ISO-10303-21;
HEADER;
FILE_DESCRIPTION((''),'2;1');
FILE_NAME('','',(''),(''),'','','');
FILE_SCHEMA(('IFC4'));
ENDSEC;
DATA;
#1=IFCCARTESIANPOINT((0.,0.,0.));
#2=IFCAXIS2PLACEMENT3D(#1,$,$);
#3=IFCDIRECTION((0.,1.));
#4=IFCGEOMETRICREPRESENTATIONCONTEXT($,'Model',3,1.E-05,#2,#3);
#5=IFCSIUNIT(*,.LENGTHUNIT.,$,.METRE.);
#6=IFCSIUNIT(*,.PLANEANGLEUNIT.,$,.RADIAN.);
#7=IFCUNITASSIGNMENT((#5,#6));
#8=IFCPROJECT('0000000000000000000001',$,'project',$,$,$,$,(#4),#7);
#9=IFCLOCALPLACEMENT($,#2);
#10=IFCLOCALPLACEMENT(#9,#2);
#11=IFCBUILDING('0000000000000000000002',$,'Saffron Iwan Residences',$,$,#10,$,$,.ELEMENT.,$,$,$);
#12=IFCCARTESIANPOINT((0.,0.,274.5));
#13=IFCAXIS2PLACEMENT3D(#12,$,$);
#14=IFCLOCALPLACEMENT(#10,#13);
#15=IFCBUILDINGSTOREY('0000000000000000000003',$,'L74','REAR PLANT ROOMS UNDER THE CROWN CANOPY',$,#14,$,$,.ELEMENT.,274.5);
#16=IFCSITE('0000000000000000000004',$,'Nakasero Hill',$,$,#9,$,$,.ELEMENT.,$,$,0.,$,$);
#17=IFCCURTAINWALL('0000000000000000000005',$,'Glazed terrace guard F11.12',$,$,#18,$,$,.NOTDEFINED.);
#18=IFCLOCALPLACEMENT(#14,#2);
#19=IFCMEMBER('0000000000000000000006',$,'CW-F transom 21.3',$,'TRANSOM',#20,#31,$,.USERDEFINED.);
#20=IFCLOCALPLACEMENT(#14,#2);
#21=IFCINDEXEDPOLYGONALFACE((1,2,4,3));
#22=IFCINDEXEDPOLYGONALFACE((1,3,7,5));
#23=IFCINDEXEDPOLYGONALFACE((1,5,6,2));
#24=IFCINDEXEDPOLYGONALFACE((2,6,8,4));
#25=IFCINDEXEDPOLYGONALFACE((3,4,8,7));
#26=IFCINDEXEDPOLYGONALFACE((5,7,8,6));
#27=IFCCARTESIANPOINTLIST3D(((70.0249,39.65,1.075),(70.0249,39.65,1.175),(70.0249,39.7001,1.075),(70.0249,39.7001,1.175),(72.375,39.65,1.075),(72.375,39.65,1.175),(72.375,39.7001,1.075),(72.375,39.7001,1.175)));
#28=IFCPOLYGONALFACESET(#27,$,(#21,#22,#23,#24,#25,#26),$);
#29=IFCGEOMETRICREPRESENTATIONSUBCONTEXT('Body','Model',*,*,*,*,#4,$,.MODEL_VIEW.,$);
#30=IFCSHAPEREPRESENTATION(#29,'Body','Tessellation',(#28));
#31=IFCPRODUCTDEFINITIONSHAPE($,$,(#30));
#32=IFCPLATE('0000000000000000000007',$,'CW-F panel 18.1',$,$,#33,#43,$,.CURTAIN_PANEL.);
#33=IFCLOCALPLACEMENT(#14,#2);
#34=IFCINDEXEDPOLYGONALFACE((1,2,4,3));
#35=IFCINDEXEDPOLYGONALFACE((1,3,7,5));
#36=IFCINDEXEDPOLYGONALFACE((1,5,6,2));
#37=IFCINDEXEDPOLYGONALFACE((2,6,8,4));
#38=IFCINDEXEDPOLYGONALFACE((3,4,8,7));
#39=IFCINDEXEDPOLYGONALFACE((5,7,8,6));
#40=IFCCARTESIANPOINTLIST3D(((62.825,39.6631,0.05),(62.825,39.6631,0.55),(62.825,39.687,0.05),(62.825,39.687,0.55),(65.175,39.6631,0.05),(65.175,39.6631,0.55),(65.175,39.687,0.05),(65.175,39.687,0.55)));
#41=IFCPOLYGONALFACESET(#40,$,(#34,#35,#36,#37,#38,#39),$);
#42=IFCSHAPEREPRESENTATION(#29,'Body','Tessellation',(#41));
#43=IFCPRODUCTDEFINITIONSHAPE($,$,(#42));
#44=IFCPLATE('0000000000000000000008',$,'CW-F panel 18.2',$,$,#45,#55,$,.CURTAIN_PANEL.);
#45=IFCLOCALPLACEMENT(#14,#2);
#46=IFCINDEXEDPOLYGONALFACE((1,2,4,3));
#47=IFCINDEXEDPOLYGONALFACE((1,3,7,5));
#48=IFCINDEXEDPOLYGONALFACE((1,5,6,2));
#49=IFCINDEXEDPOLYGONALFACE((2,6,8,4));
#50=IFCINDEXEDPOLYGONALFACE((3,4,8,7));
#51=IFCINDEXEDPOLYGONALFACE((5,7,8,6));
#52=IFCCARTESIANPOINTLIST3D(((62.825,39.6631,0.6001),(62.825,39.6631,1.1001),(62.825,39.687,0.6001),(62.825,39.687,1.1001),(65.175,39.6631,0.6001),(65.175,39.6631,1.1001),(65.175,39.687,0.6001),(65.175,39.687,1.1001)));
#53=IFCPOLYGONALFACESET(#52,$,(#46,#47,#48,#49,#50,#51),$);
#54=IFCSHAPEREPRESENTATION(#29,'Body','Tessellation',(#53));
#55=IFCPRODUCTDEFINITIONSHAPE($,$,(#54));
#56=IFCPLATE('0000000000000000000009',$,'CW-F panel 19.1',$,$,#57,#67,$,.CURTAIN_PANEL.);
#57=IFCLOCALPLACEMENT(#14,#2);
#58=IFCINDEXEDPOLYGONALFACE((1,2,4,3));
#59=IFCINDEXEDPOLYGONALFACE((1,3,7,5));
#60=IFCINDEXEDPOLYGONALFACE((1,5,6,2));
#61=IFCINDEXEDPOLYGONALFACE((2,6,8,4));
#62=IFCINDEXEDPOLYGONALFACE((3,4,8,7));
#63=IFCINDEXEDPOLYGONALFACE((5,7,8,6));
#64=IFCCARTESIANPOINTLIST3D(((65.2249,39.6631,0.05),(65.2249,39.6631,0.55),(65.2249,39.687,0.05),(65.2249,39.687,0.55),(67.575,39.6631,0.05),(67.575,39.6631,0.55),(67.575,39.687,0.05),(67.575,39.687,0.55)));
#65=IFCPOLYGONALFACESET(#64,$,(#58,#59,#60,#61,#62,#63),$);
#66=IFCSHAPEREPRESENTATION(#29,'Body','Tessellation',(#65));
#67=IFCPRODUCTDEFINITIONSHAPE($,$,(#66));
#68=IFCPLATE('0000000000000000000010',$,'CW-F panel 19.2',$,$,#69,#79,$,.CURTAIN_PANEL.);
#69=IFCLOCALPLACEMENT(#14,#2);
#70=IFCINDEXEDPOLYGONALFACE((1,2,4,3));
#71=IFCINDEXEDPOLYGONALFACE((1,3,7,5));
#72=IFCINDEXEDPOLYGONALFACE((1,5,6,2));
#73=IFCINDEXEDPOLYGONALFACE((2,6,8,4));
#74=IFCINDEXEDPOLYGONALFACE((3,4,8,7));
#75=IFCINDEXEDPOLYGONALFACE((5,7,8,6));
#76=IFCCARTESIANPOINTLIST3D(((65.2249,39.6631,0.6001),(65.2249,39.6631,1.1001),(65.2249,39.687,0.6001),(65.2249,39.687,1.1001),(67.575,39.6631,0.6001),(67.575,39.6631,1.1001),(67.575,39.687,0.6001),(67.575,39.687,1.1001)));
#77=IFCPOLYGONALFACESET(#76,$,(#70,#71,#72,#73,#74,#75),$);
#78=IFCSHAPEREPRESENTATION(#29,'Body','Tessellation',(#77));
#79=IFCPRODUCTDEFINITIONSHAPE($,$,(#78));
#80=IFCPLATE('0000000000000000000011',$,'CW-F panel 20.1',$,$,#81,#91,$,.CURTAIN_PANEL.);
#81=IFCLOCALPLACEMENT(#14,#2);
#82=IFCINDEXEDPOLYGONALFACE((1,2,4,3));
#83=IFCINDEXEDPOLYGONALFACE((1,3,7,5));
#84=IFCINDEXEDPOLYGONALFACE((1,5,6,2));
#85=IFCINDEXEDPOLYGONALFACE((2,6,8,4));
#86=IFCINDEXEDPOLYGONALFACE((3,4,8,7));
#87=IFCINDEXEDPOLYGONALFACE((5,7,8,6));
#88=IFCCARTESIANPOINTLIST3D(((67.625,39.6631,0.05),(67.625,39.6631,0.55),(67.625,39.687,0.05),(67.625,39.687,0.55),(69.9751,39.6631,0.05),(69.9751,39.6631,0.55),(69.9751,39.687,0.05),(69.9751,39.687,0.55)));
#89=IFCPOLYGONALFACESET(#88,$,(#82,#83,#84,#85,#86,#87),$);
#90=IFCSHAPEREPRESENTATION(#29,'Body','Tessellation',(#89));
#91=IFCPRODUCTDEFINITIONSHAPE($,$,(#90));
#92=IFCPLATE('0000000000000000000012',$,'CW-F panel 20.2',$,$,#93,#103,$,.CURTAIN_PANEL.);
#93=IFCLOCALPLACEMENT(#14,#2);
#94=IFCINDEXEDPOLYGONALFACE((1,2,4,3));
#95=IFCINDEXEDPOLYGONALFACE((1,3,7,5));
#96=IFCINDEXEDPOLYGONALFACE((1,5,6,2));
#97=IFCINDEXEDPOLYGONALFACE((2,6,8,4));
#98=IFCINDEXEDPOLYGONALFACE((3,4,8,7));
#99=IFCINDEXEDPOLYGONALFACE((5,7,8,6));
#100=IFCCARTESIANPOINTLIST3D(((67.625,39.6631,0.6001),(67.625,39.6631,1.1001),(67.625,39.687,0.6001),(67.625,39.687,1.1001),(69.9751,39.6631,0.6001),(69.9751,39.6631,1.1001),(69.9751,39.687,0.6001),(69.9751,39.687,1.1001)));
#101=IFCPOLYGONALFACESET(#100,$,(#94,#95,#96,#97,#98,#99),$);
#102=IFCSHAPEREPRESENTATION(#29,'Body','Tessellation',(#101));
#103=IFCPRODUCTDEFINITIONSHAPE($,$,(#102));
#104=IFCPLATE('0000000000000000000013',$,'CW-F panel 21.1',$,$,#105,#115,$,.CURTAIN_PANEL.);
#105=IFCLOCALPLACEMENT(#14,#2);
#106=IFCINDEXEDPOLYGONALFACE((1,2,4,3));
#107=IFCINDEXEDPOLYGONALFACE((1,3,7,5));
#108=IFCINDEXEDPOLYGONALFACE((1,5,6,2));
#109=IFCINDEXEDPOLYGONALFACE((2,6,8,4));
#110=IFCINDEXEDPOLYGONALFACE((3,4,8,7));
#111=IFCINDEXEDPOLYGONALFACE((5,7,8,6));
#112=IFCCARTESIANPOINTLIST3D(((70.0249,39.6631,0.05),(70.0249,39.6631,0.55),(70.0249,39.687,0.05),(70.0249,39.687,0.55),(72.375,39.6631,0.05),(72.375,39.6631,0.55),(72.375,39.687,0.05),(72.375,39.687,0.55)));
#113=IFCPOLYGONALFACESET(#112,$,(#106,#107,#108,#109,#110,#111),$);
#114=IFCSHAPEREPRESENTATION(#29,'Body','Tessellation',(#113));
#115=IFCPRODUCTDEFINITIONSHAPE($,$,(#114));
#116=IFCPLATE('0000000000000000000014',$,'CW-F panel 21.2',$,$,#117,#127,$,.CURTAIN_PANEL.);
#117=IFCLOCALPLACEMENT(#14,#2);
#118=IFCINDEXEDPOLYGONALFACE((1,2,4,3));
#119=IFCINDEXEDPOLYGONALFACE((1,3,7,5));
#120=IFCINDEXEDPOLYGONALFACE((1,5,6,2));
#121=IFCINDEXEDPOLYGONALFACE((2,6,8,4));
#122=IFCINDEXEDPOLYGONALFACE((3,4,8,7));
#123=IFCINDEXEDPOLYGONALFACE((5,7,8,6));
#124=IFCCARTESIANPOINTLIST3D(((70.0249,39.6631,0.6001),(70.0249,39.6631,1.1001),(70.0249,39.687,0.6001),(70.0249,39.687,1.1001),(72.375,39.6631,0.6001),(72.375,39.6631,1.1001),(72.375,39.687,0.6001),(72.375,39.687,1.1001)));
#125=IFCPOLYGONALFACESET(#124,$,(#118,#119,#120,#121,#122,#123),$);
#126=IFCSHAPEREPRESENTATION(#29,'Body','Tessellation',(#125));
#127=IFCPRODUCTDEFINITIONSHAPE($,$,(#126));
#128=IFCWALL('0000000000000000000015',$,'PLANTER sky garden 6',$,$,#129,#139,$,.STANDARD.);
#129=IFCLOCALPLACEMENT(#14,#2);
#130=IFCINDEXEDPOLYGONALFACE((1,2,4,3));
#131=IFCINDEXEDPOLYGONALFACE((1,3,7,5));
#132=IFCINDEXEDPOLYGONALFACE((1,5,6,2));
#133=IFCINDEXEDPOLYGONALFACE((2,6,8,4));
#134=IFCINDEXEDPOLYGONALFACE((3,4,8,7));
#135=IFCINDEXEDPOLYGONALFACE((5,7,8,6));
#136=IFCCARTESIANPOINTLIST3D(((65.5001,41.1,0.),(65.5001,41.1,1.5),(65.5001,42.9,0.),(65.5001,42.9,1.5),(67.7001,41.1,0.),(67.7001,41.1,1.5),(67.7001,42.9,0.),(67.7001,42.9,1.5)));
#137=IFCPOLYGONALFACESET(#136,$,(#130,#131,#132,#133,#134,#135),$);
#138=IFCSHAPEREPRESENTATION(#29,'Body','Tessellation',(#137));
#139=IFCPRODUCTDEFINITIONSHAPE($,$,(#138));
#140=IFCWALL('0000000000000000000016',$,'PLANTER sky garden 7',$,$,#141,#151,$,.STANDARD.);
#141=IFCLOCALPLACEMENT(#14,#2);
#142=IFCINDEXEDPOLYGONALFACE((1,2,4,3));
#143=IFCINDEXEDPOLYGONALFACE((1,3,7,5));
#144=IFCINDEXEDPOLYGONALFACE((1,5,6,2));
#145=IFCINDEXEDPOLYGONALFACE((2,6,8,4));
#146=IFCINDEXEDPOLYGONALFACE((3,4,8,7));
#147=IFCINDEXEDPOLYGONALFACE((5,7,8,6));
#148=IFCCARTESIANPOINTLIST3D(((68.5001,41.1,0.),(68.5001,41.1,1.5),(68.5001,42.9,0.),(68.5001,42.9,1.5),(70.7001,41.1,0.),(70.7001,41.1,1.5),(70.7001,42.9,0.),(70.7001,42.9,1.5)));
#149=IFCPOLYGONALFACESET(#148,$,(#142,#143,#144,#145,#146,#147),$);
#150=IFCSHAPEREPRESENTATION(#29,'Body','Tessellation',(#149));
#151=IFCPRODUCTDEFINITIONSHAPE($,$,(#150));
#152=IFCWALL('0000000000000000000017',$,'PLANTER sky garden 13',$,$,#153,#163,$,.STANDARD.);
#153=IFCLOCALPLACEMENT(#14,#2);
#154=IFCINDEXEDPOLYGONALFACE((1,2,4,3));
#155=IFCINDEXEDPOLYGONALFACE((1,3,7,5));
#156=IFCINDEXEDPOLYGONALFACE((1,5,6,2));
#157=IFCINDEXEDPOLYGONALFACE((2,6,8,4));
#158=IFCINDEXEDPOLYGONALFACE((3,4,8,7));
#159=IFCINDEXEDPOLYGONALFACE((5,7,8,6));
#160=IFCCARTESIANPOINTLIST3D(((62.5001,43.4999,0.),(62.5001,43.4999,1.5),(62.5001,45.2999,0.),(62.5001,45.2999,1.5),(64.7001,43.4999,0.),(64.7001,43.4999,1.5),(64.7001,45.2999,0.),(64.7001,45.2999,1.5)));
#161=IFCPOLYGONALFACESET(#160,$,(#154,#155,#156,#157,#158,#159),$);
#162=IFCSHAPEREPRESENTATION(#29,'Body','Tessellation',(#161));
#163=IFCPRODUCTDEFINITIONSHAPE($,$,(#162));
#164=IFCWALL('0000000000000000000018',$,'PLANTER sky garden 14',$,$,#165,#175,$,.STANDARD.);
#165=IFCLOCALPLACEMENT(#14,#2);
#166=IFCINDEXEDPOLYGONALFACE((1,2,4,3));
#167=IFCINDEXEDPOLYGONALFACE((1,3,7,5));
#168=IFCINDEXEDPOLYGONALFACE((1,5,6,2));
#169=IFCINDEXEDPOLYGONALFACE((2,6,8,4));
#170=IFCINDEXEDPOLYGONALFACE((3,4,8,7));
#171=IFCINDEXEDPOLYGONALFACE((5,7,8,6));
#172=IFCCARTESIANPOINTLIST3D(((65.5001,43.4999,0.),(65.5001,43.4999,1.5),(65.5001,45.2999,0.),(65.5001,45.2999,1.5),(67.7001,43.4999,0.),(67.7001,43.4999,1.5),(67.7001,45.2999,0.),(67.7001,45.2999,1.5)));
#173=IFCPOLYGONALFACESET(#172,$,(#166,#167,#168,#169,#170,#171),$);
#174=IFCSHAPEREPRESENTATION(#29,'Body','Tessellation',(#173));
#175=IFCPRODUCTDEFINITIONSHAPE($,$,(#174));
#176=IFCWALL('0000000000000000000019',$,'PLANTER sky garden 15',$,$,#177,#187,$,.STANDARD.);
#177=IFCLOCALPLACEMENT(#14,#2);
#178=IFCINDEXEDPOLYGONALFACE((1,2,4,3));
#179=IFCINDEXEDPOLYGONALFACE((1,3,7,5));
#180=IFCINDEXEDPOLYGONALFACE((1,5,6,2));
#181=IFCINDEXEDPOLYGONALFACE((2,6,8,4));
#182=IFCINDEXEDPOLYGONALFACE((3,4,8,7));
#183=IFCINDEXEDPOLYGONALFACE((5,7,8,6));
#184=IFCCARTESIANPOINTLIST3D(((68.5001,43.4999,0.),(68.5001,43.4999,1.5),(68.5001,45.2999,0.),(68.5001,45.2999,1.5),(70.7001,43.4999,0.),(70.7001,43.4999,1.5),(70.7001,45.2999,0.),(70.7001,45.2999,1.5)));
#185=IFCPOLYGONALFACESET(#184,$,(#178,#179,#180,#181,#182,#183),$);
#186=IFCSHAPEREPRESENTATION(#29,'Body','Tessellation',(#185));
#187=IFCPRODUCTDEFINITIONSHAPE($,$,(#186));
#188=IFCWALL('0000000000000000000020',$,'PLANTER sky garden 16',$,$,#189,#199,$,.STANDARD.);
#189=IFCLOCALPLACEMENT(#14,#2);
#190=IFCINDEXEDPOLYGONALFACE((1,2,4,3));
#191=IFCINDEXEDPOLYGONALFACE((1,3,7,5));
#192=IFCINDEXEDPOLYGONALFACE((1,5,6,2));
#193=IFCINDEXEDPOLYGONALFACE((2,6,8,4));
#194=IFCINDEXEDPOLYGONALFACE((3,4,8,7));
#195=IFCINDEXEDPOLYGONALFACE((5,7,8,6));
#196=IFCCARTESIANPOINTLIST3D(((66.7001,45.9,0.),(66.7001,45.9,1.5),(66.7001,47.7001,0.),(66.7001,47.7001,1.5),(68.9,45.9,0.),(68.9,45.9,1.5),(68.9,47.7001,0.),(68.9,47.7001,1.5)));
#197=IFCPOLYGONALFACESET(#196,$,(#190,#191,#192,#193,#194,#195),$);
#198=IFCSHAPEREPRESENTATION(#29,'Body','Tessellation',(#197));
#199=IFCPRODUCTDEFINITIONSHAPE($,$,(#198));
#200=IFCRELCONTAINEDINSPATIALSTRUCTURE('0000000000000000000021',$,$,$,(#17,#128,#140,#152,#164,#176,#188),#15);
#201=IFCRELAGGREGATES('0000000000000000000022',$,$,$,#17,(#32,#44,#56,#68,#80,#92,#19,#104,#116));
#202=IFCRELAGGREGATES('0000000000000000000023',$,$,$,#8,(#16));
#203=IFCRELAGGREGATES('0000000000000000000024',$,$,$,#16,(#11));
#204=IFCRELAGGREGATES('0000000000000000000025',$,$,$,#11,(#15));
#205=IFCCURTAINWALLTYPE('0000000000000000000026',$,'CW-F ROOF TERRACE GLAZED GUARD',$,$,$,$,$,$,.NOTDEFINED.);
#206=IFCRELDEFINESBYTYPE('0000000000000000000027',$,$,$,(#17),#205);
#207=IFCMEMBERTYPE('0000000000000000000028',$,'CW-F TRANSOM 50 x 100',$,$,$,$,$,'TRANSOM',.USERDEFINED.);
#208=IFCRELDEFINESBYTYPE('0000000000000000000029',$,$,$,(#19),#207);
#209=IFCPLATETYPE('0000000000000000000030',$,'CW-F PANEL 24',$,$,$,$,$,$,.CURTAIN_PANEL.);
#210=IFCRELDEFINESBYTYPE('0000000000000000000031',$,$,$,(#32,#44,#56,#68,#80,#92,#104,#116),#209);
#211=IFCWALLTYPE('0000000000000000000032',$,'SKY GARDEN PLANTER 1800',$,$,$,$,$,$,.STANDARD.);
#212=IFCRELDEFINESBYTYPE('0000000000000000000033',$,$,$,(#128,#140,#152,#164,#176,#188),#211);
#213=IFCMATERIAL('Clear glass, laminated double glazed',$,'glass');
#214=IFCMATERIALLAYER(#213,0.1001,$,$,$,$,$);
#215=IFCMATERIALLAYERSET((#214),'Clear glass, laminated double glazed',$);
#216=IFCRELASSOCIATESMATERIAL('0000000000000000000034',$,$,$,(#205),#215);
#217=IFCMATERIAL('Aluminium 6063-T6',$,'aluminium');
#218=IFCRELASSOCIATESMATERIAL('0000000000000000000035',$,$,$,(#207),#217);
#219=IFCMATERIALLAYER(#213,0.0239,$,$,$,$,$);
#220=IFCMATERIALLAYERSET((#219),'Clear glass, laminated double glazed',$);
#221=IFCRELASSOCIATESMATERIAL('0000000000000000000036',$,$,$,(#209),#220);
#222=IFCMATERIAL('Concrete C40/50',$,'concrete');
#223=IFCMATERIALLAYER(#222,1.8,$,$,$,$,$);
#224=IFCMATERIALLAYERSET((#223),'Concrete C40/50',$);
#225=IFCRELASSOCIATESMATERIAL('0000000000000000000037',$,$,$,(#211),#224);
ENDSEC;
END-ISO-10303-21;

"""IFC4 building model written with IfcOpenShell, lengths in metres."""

from ifc_helpers import new_model, si_unit, direction, frame, frame_2d, origin, origin_2d, place, context, subcontext, project, spatial, rectangle, extrude, source, transform, mapped, material, layer, layer_set, material_profile, profile_set, type_object, element, aggregate, save


model = new_model("IFC4")

# Units and contexts
model_context = context("Model", 3, precision=1e-05, world=origin(), true_north=direction((0.0, 1.0)))
body_context = subcontext(model_context, "Body", "Model", "MODEL_VIEW")
ifc_project = project(units=[si_unit("LENGTHUNIT", "METRE"), si_unit("PLANEANGLEUNIT", "RADIAN")], contexts=[model_context])

# Site, building, storey
site_placement = place(None, origin())
site = spatial("IfcSite", under=ifc_project, at=site_placement, Name="Nakasero Hill", CompositionType="ELEMENT", RefElevation=0.0)
building_placement = place(site_placement, origin())
building = spatial("IfcBuilding", under=site, at=building_placement, Name="Saffron Iwan Residences", CompositionType="ELEMENT")
storey_placement = place(building_placement, frame((0.0, 0.0, 274.5)))
storey = spatial("IfcBuildingStorey", under=building, at=storey_placement, Name="L74", Description="REAR PLANT ROOMS UNDER THE CROWN CANOPY", CompositionType="ELEMENT", Elevation=274.5)

# Curtain wall, member, plates
ifc_material_1 = material(Name="Clear glass, laminated double glazed", Category="glass")
ifc_layer_1 = layer(ifc_material_1, 0.1001)
ifc_layer_set_1 = layer_set([ifc_layer_1], Name="Clear glass, laminated double glazed")
curtain_wall_type = type_object("IfcCurtainWallType", Name="CW-F ROOF TERRACE GLAZED GUARD", PredefinedType="NOTDEFINED", material=ifc_layer_set_1)
curtain_wall_placement = place(storey_placement, origin())
curtain_wall = element("IfcCurtainWall", 1, at=curtain_wall_placement, inside=storey, type_object=curtain_wall_type, Name="Glazed terrace guard F11.12", PredefinedType="NOTDEFINED")
ifc_material_2 = material(Name="Aluminium 6063-T6", Category="aluminium")
ifc_material_profile_1 = material_profile(ifc_material_2, rectangle(XDim=0.05, YDim=0.1001, at=origin_2d()), Name="CW-F TRANSOM 50 x 100")
ifc_profile_set_1 = profile_set([ifc_material_profile_1], Name="Aluminium 6063-T6")
member_type_1 = type_object("IfcMemberType", Name="CW-F TRANSOM 50 x 100", ElementType="TRANSOM", PredefinedType="USERDEFINED", material=ifc_profile_set_1)
shared_shape_1 = source(origin(), body_context, "Body", "SweptSolid", [
    extrude(rectangle(XDim=0.05, YDim=0.1001, at=origin_2d()), origin(), (0.0, 0.0, 1.0), 2.3501),
])
member_1_placement = place(storey_placement, frame((70.0249, 39.675, 1.125), z_axis=(1.0, 0.0, 0.0), x_axis=(0.0, 1.0, 0.0)))
member_1 = element("IfcMember", 2, at=member_1_placement, type_object=member_type_1, Name="CW-F transom 21.3", ObjectType="TRANSOM", PredefinedType="USERDEFINED", context=body_context, shape_type="MappedRepresentation", body=[
    mapped(shared_shape_1, transform((0.0, 0.0, 0.0))),
])
ifc_layer_2 = layer(ifc_material_1, 0.0239)
ifc_layer_set_2 = layer_set([ifc_layer_2], Name="Clear glass, laminated double glazed")
plate_type = type_object("IfcPlateType", Name="CW-F PANEL 24", PredefinedType="CURTAIN_PANEL", material=ifc_layer_set_2)
shared_shape_2 = source(origin(), body_context, "Body", "SweptSolid", [
    extrude(rectangle(XDim=2.3501, YDim=0.0239, at=origin_2d()), origin(), (0.0, 0.0, 1.0), 0.5),
])
plate_1_placement = place(storey_placement, frame((64.0, 39.675, 0.05), z_axis=(0.0, 0.0, 1.0), x_axis=(1.0, 0.0, 0.0)))
plate_1 = element("IfcPlate", 3, at=plate_1_placement, type_object=plate_type, Name="CW-F panel 18.1", PredefinedType="CURTAIN_PANEL", context=body_context, shape_type="MappedRepresentation", body=[
    mapped(shared_shape_2, transform((0.0, 0.0, 0.0))),
])
plate_2_placement = place(storey_placement, frame((64.0, 39.675, 0.6001), z_axis=(0.0, 0.0, 1.0), x_axis=(1.0, 0.0, 0.0)))
plate_2 = element("IfcPlate", 4, at=plate_2_placement, type_object=plate_type, Name="CW-F panel 18.2", PredefinedType="CURTAIN_PANEL", context=body_context, shape_type="MappedRepresentation", body=[
    mapped(shared_shape_2, transform((0.0, 0.0, 0.0))),
])
plate_3_placement = place(storey_placement, frame((66.3999, 39.675, 0.05), z_axis=(0.0, 0.0, 1.0), x_axis=(1.0, 0.0, 0.0)))
plate_3 = element("IfcPlate", 5, at=plate_3_placement, type_object=plate_type, Name="CW-F panel 19.1", PredefinedType="CURTAIN_PANEL", context=body_context, shape_type="MappedRepresentation", body=[
    mapped(shared_shape_2, transform((0.0, 0.0, 0.0))),
])
plate_4_placement = place(storey_placement, frame((66.3999, 39.675, 0.6001), z_axis=(0.0, 0.0, 1.0), x_axis=(1.0, 0.0, 0.0)))
plate_4 = element("IfcPlate", 6, at=plate_4_placement, type_object=plate_type, Name="CW-F panel 19.2", PredefinedType="CURTAIN_PANEL", context=body_context, shape_type="MappedRepresentation", body=[
    mapped(shared_shape_2, transform((0.0, 0.0, 0.0))),
])
plate_5_placement = place(storey_placement, frame((68.8, 39.675, 0.05), z_axis=(0.0, 0.0, 1.0), x_axis=(1.0, 0.0, 0.0)))
plate_5 = element("IfcPlate", 7, at=plate_5_placement, type_object=plate_type, Name="CW-F panel 20.1", PredefinedType="CURTAIN_PANEL", context=body_context, shape_type="MappedRepresentation", body=[
    mapped(shared_shape_2, transform((0.0, 0.0, 0.0))),
])
plate_6_placement = place(storey_placement, frame((68.8, 39.675, 0.6001), z_axis=(0.0, 0.0, 1.0), x_axis=(1.0, 0.0, 0.0)))
plate_6 = element("IfcPlate", 8, at=plate_6_placement, type_object=plate_type, Name="CW-F panel 20.2", PredefinedType="CURTAIN_PANEL", context=body_context, shape_type="MappedRepresentation", body=[
    mapped(shared_shape_2, transform((0.0, 0.0, 0.0))),
])
plate_7_placement = place(storey_placement, frame((71.2, 39.675, 0.05), z_axis=(0.0, 0.0, 1.0), x_axis=(1.0, 0.0, 0.0)))
plate_7 = element("IfcPlate", 9, at=plate_7_placement, type_object=plate_type, Name="CW-F panel 21.1", PredefinedType="CURTAIN_PANEL", context=body_context, shape_type="MappedRepresentation", body=[
    mapped(shared_shape_2, transform((0.0, 0.0, 0.0))),
])
plate_8_placement = place(storey_placement, frame((71.2, 39.675, 0.6001), z_axis=(0.0, 0.0, 1.0), x_axis=(1.0, 0.0, 0.0)))
plate_8 = element("IfcPlate", 10, at=plate_8_placement, type_object=plate_type, Name="CW-F panel 21.2", PredefinedType="CURTAIN_PANEL", context=body_context, shape_type="MappedRepresentation", body=[
    mapped(shared_shape_2, transform((0.0, 0.0, 0.0))),
])
aggregate(curtain_wall, [plate_1, plate_2, plate_3, plate_4, plate_5, plate_6, member_1, plate_7, plate_8])

# Walls
ifc_material_3 = material(Name="Concrete C40/50", Category="concrete")
ifc_layer_3 = layer(ifc_material_3, 1.8)
ifc_layer_set_3 = layer_set([ifc_layer_3], Name="Concrete C40/50")
wall_type = type_object("IfcWallType", Name="SKY GARDEN PLANTER 1800", PredefinedType="STANDARD", material=ifc_layer_set_3)
for number, where, z_axis, x_axis, name in (
    (11, (65.5, 42.0, 0.0), (0.0, 0.0, 1.0), (1.0, 0.0, 0.0), "PLANTER sky garden 6"),
    (12, (68.5, 42.0, 0.0), (0.0, 0.0, 1.0), (1.0, 0.0, 0.0), "PLANTER sky garden 7"),
    (13, (62.5, 44.3999, 0.0), (0.0, 0.0, 1.0), (1.0, 0.0, 0.0), "PLANTER sky garden 13"),
    (14, (65.5, 44.3999, 0.0), (0.0, 0.0, 1.0), (1.0, 0.0, 0.0), "PLANTER sky garden 14"),
    (15, (68.5, 44.3999, 0.0), (0.0, 0.0, 1.0), (1.0, 0.0, 0.0), "PLANTER sky garden 15"),
    (16, (66.7, 46.8, 0.0), (0.0, 0.0, 1.0), (1.0, 0.0, 0.0), "PLANTER sky garden 16"),
):
    element("IfcWall", number, at=place(storey_placement, frame(where, z_axis=z_axis, x_axis=x_axis)), inside=storey, type_object=wall_type, Name=name, PredefinedType="STANDARD", context=body_context, shape_type="SweptSolid", body=[
        extrude(rectangle(XDim=2.2, YDim=1.8, at=frame_2d((1.1001, 0.0))), origin(), (0.0, 0.0, 1.0), 1.5),
    ])

save(model, "model.ifc")
